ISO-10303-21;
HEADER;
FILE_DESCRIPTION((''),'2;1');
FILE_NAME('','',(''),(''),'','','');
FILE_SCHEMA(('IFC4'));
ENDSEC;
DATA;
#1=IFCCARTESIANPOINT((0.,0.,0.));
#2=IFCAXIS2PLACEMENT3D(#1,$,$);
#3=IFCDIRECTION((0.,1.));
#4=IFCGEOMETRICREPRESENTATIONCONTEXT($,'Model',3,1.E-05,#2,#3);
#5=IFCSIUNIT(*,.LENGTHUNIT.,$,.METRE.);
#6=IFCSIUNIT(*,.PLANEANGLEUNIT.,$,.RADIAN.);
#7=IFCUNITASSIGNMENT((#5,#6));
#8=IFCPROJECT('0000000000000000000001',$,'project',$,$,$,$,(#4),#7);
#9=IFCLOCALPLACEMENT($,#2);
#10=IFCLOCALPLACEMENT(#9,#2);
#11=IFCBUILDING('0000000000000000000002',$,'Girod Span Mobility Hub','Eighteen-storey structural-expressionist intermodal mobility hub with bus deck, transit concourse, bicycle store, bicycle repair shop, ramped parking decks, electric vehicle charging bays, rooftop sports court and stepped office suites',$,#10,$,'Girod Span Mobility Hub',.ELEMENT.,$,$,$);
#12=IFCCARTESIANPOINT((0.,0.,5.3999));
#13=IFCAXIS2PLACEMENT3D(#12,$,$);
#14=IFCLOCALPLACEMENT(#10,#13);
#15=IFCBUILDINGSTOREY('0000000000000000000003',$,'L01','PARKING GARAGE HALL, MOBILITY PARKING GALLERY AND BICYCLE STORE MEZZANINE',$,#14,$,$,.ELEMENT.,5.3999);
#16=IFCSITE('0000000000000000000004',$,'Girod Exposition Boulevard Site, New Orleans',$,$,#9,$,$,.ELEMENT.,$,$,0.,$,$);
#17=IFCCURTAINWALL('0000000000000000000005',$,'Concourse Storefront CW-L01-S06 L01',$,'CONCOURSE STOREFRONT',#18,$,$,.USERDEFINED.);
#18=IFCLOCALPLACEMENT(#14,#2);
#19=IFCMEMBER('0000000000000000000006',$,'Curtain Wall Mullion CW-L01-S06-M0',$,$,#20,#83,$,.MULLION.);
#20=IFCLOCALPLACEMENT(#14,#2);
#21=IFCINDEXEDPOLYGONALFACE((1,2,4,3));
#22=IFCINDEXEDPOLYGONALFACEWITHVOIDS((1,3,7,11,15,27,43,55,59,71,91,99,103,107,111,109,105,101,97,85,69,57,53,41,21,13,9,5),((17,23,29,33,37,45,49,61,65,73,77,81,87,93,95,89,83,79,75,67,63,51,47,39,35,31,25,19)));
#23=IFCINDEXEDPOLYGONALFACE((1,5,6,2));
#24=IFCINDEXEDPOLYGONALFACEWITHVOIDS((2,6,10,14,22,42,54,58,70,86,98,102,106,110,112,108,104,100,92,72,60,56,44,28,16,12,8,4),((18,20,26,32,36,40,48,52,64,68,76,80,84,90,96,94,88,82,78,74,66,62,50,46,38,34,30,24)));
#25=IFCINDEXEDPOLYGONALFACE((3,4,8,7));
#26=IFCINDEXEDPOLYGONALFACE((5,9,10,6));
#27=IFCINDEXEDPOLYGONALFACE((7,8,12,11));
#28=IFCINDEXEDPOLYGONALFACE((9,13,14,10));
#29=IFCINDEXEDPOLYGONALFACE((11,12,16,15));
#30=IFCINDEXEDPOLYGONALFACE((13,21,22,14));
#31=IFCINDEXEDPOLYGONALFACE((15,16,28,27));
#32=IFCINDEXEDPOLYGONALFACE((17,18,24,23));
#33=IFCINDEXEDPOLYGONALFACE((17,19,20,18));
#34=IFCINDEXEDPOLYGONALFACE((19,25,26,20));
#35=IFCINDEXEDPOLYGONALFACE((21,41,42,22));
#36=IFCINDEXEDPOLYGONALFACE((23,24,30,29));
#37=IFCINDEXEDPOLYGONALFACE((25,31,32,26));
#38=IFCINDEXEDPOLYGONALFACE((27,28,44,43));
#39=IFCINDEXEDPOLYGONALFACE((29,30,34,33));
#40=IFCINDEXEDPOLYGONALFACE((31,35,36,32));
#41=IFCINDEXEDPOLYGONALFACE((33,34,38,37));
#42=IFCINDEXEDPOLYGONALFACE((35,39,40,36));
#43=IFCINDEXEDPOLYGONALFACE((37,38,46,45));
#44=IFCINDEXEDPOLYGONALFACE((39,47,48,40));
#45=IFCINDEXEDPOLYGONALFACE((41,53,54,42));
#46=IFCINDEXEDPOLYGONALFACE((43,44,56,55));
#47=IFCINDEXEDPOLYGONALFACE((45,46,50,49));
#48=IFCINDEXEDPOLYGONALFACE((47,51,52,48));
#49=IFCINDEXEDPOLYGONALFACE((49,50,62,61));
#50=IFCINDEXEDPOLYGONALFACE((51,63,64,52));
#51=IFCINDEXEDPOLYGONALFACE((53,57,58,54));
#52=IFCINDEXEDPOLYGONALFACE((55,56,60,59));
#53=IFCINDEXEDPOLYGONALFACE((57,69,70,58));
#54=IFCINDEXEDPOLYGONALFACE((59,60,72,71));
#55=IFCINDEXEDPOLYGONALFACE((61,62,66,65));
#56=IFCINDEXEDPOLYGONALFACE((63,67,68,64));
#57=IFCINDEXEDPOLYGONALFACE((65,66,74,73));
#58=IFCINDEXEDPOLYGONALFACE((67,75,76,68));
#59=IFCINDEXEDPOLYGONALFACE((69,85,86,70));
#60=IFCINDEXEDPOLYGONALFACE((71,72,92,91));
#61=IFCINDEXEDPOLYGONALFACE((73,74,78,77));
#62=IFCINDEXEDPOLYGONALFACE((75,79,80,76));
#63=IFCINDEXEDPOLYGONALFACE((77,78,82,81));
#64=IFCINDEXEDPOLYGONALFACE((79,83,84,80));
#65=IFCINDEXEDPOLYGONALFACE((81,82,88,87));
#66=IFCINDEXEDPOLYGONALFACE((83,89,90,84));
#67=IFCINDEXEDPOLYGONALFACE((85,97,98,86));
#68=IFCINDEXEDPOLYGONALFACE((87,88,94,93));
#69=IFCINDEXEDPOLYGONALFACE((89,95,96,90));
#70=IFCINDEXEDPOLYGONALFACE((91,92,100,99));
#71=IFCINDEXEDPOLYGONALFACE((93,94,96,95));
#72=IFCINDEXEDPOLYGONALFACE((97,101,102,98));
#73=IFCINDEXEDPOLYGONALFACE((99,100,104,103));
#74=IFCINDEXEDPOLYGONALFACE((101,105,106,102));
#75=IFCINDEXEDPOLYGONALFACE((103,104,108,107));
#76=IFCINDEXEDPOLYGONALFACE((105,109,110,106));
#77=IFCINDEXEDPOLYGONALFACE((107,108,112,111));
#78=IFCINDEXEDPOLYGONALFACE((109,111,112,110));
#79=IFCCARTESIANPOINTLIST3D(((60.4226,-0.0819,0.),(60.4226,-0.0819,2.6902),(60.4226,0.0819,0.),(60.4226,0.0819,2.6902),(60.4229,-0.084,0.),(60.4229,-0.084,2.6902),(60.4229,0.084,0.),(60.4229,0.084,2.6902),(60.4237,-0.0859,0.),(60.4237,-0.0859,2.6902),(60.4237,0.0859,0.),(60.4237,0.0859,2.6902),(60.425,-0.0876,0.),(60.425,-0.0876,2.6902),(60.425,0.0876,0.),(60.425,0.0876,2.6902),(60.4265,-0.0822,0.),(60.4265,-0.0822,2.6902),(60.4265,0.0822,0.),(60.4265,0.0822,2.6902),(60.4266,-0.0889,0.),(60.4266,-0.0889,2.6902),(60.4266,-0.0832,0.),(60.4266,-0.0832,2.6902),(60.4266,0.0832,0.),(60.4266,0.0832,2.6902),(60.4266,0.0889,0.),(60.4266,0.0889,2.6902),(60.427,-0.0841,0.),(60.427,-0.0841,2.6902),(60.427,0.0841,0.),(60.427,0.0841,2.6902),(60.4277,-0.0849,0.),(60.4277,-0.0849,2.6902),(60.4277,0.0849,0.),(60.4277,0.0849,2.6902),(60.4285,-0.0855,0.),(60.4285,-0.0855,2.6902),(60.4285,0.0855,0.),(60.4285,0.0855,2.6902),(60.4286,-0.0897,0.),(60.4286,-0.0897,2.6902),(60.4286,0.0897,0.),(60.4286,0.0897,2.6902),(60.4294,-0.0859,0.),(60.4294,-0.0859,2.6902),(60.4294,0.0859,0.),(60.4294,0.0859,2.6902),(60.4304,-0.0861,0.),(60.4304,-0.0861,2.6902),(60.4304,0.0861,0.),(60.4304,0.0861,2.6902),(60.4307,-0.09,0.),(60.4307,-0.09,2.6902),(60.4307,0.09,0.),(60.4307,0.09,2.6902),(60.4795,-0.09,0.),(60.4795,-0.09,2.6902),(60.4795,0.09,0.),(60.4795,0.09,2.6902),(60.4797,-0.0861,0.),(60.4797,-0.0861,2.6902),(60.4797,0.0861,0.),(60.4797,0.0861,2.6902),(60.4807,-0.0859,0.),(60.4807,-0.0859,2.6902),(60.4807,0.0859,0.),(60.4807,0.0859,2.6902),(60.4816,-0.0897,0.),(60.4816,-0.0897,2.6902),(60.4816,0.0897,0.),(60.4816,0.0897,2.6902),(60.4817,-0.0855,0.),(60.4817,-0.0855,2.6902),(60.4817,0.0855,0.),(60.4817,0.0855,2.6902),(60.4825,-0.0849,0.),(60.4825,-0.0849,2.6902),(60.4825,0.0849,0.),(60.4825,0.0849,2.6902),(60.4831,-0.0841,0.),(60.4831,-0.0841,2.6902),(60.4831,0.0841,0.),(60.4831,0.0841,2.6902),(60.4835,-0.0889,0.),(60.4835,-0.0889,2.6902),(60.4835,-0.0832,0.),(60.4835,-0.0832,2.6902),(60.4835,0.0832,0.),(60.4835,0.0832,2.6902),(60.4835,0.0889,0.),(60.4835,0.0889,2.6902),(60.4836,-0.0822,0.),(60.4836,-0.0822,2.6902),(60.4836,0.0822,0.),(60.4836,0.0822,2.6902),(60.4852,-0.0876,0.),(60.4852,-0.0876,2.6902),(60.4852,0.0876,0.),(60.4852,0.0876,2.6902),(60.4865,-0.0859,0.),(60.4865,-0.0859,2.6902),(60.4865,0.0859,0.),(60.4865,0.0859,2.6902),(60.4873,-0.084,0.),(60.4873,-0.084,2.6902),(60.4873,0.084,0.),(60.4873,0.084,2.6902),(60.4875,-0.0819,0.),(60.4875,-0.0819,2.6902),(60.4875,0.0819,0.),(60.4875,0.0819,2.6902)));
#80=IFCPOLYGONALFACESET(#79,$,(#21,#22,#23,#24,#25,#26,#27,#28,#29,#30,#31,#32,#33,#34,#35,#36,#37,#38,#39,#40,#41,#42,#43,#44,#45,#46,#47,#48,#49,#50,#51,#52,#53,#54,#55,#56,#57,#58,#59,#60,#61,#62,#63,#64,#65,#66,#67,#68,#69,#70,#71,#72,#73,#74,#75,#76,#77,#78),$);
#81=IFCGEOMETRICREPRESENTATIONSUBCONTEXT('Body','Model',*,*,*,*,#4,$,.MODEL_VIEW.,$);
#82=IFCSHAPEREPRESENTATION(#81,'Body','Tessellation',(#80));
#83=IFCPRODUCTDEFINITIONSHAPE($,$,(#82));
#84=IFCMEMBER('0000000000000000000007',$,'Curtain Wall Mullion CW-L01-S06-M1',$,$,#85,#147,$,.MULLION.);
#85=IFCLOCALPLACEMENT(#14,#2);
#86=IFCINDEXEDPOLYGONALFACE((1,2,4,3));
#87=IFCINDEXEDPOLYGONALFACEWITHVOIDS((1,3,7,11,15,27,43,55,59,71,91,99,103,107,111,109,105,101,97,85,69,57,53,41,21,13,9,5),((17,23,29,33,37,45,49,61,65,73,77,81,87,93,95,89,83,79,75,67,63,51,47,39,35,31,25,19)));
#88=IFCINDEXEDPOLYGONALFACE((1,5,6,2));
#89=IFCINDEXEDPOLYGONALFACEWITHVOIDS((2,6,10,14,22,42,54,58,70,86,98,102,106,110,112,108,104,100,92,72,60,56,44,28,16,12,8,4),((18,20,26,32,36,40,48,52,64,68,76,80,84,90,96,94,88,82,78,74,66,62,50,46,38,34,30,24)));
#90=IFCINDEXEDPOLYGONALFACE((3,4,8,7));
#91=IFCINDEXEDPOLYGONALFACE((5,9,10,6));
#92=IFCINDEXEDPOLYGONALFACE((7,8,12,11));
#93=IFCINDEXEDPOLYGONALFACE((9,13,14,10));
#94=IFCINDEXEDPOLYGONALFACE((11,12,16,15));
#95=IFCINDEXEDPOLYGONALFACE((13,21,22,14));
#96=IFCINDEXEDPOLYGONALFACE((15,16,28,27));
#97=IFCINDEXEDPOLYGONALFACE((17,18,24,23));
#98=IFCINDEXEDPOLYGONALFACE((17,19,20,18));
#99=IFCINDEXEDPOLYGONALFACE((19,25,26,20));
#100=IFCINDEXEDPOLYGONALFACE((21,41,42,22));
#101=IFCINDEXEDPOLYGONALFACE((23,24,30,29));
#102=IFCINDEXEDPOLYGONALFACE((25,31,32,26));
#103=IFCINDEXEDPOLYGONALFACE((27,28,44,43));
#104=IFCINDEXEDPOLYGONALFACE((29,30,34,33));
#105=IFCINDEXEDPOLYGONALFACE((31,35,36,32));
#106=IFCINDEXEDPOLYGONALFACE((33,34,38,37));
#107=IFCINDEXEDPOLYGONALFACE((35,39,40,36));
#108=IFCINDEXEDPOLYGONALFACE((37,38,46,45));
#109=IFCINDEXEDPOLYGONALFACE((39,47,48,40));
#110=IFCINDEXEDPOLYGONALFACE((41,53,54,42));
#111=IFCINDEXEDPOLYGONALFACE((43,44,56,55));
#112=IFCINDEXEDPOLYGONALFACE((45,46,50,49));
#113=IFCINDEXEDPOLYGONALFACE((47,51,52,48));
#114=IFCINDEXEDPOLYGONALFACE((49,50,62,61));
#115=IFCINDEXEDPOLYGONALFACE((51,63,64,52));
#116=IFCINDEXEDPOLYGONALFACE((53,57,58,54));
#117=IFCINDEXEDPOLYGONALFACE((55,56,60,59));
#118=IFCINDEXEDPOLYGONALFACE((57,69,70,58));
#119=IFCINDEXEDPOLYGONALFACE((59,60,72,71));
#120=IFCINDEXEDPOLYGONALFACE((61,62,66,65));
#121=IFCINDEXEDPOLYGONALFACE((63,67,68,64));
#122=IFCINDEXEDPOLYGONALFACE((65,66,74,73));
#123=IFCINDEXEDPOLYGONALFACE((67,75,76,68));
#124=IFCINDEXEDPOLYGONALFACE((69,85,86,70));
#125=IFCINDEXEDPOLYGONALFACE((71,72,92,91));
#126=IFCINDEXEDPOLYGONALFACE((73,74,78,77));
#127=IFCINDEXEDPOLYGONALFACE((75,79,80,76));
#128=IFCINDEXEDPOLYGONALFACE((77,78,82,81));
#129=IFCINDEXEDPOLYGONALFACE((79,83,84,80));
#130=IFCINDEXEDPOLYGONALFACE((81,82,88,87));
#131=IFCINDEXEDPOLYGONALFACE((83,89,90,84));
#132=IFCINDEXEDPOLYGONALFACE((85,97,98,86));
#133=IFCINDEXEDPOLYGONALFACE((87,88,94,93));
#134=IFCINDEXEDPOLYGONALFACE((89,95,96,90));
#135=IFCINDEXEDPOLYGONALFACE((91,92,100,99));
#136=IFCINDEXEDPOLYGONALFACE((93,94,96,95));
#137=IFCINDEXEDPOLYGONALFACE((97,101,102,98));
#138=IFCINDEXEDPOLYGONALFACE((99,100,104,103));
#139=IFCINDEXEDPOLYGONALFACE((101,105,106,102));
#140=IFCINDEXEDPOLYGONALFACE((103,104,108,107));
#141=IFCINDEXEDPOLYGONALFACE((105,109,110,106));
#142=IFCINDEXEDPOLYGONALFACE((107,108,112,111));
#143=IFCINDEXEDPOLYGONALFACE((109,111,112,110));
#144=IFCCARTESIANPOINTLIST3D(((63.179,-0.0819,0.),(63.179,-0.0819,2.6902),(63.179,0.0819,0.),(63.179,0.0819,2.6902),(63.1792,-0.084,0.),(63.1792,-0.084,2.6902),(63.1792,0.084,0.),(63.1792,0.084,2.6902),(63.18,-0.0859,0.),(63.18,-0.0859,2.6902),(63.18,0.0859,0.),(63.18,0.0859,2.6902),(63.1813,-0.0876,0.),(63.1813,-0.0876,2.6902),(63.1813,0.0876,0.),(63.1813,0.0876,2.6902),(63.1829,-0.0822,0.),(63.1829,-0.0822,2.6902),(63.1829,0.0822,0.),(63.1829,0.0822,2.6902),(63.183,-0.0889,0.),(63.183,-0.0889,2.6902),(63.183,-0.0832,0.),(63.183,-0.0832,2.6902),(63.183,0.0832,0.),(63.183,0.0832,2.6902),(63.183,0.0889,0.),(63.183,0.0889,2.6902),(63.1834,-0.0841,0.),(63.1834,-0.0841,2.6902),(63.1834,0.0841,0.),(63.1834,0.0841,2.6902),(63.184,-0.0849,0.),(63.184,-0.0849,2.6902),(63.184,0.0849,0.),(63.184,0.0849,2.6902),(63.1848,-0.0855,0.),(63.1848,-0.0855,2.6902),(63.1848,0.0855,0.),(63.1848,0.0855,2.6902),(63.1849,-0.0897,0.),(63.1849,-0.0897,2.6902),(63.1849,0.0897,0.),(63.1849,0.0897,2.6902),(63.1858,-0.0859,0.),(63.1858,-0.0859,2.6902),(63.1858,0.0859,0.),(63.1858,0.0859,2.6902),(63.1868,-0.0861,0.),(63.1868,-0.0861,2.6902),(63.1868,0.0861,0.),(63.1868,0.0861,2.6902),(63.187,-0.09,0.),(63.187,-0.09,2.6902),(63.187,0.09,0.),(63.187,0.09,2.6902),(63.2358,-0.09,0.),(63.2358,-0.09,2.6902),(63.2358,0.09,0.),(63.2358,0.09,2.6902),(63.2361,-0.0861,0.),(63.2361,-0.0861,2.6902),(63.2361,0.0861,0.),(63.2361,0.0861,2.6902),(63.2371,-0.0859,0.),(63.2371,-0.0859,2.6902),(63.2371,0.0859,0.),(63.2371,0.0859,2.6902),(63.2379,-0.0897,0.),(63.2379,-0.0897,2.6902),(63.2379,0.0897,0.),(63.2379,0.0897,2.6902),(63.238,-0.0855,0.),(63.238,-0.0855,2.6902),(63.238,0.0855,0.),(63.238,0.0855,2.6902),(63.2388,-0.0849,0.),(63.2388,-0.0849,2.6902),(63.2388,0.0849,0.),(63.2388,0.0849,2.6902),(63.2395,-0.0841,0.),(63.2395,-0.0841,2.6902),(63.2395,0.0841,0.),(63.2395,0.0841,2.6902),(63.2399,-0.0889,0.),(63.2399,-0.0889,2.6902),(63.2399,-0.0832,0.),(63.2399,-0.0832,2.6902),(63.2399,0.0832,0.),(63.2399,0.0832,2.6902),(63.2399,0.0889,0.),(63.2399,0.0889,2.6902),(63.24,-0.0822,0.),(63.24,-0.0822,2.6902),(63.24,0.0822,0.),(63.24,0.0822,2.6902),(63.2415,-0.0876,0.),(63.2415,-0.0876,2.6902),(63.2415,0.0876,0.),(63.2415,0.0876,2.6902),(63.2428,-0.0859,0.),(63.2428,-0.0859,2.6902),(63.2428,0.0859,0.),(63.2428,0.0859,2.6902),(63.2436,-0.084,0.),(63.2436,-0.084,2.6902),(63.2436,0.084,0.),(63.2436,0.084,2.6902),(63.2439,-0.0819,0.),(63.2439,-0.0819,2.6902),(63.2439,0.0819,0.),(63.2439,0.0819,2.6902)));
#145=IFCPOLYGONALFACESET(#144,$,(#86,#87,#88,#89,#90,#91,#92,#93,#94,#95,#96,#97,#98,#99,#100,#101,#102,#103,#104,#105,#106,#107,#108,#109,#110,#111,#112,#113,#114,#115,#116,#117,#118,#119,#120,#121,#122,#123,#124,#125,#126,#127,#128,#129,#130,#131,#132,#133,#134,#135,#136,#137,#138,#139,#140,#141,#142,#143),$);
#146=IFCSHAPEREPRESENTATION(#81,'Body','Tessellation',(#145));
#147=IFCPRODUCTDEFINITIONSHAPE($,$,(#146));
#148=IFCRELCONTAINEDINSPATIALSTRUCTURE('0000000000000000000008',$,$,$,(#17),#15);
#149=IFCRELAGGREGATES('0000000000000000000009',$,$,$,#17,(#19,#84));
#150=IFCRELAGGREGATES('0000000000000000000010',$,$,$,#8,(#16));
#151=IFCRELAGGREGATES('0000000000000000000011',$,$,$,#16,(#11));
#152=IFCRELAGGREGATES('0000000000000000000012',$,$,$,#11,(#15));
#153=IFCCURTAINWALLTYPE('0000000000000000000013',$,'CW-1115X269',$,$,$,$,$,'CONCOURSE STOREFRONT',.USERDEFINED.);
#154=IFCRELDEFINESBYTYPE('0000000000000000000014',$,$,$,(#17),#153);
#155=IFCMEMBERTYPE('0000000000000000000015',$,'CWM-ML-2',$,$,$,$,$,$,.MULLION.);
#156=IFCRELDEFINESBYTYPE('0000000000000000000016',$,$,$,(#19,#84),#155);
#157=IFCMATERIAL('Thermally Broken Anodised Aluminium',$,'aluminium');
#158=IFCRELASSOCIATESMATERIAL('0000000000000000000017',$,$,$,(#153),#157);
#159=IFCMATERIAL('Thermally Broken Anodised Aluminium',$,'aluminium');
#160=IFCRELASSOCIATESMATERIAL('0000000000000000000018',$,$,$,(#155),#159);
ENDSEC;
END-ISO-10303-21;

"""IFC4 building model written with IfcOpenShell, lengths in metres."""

from ifc_helpers import new_model, si_unit, direction, frame, origin, origin_2d, place, context, subcontext, project, spatial, hollow_rectangle, extrude, material, material_profile, profile_set, type_object, element, aggregate, save


model = new_model("IFC4")

# Units and contexts
model_context = context("Model", 3, precision=1e-05, world=origin(), true_north=direction((0.0, 1.0)))
body_context = subcontext(model_context, "Body", "Model", "MODEL_VIEW")
ifc_project = project(units=[si_unit("LENGTHUNIT", "METRE"), si_unit("PLANEANGLEUNIT", "RADIAN")], contexts=[model_context])

# Site, building, storey
site_placement = place(None, origin())
site = spatial("IfcSite", under=ifc_project, at=site_placement, Name="Girod Exposition Boulevard Site, New Orleans", CompositionType="ELEMENT", RefElevation=0.0)
building_placement = place(site_placement, origin())
building = spatial("IfcBuilding", under=site, at=building_placement, Name="Girod Span Mobility Hub", Description="Eighteen-storey structural-expressionist intermodal mobility hub with bus deck, transit concourse, bicycle store, bicycle repair shop, ramped parking decks, electric vehicle charging bays, rooftop sports court and stepped office suites", LongName="Girod Span Mobility Hub", CompositionType="ELEMENT")
storey_placement = place(building_placement, frame((0.0, 0.0, 5.3999)))
storey = spatial("IfcBuildingStorey", under=building, at=storey_placement, Name="L01", Description="PARKING GARAGE HALL, MOBILITY PARKING GALLERY AND BICYCLE STORE MEZZANINE", CompositionType="ELEMENT", Elevation=5.3999)

# Curtain wall, members
ifc_material_1 = material(Name="Thermally Broken Anodised Aluminium", Category="aluminium")
curtain_wall_type = type_object("IfcCurtainWallType", Name="CW-1115X269", ElementType="CONCOURSE STOREFRONT", PredefinedType="USERDEFINED", material=ifc_material_1)
curtain_wall_placement = place(storey_placement, origin())
curtain_wall = element("IfcCurtainWall", 1, at=curtain_wall_placement, inside=storey, type_object=curtain_wall_type, Name="Concourse Storefront CW-L01-S06 L01", ObjectType="CONCOURSE STOREFRONT", PredefinedType="USERDEFINED")
ifc_material_2 = material(Name="Thermally Broken Anodised Aluminium", Category="aluminium")
ifc_material_profile_1 = material_profile(ifc_material_2, hollow_rectangle(XDim=0.1799, YDim=0.0649, WallThickness=0.0039, InnerFilletRadius=0.0039, OuterFilletRadius=0.0081, at=origin_2d()), Name="CW-ML-65X180")
ifc_profile_set_1 = profile_set([ifc_material_profile_1], Name="Thermally Broken Anodised Aluminium")
member_type_1 = type_object("IfcMemberType", Name="CWM-ML-2", PredefinedType="MULLION", material=ifc_profile_set_1)
member_1_placement = place(storey_placement, frame((60.4551, 0.0, 0.0), z_axis=(0.0, 0.0, 1.0), x_axis=(0.0, 1.0, 0.0)))
member_1 = element("IfcMember", 2, at=member_1_placement, type_object=member_type_1, Name="Curtain Wall Mullion CW-L01-S06-M0", PredefinedType="MULLION", context=body_context, shape_type="SweptSolid", body=[
    extrude(hollow_rectangle(XDim=0.1799, YDim=0.0649, WallThickness=0.0039, InnerFilletRadius=0.0039, OuterFilletRadius=0.0081, at=origin_2d()), origin(), (0.0, 0.0, 1.0), 2.6902),
])
member_2_placement = place(storey_placement, frame((63.2114, 0.0, 0.0), z_axis=(0.0, 0.0, 1.0), x_axis=(0.0, 1.0, 0.0)))
member_2 = element("IfcMember", 3, at=member_2_placement, type_object=member_type_1, Name="Curtain Wall Mullion CW-L01-S06-M1", PredefinedType="MULLION", context=body_context, shape_type="SweptSolid", body=[
    extrude(hollow_rectangle(XDim=0.1799, YDim=0.0649, WallThickness=0.0039, InnerFilletRadius=0.0039, OuterFilletRadius=0.0081, at=origin_2d()), origin(), (0.0, 0.0, 1.0), 2.6902),
])
aggregate(curtain_wall, [member_1, member_2])

save(model, "model.ifc")
